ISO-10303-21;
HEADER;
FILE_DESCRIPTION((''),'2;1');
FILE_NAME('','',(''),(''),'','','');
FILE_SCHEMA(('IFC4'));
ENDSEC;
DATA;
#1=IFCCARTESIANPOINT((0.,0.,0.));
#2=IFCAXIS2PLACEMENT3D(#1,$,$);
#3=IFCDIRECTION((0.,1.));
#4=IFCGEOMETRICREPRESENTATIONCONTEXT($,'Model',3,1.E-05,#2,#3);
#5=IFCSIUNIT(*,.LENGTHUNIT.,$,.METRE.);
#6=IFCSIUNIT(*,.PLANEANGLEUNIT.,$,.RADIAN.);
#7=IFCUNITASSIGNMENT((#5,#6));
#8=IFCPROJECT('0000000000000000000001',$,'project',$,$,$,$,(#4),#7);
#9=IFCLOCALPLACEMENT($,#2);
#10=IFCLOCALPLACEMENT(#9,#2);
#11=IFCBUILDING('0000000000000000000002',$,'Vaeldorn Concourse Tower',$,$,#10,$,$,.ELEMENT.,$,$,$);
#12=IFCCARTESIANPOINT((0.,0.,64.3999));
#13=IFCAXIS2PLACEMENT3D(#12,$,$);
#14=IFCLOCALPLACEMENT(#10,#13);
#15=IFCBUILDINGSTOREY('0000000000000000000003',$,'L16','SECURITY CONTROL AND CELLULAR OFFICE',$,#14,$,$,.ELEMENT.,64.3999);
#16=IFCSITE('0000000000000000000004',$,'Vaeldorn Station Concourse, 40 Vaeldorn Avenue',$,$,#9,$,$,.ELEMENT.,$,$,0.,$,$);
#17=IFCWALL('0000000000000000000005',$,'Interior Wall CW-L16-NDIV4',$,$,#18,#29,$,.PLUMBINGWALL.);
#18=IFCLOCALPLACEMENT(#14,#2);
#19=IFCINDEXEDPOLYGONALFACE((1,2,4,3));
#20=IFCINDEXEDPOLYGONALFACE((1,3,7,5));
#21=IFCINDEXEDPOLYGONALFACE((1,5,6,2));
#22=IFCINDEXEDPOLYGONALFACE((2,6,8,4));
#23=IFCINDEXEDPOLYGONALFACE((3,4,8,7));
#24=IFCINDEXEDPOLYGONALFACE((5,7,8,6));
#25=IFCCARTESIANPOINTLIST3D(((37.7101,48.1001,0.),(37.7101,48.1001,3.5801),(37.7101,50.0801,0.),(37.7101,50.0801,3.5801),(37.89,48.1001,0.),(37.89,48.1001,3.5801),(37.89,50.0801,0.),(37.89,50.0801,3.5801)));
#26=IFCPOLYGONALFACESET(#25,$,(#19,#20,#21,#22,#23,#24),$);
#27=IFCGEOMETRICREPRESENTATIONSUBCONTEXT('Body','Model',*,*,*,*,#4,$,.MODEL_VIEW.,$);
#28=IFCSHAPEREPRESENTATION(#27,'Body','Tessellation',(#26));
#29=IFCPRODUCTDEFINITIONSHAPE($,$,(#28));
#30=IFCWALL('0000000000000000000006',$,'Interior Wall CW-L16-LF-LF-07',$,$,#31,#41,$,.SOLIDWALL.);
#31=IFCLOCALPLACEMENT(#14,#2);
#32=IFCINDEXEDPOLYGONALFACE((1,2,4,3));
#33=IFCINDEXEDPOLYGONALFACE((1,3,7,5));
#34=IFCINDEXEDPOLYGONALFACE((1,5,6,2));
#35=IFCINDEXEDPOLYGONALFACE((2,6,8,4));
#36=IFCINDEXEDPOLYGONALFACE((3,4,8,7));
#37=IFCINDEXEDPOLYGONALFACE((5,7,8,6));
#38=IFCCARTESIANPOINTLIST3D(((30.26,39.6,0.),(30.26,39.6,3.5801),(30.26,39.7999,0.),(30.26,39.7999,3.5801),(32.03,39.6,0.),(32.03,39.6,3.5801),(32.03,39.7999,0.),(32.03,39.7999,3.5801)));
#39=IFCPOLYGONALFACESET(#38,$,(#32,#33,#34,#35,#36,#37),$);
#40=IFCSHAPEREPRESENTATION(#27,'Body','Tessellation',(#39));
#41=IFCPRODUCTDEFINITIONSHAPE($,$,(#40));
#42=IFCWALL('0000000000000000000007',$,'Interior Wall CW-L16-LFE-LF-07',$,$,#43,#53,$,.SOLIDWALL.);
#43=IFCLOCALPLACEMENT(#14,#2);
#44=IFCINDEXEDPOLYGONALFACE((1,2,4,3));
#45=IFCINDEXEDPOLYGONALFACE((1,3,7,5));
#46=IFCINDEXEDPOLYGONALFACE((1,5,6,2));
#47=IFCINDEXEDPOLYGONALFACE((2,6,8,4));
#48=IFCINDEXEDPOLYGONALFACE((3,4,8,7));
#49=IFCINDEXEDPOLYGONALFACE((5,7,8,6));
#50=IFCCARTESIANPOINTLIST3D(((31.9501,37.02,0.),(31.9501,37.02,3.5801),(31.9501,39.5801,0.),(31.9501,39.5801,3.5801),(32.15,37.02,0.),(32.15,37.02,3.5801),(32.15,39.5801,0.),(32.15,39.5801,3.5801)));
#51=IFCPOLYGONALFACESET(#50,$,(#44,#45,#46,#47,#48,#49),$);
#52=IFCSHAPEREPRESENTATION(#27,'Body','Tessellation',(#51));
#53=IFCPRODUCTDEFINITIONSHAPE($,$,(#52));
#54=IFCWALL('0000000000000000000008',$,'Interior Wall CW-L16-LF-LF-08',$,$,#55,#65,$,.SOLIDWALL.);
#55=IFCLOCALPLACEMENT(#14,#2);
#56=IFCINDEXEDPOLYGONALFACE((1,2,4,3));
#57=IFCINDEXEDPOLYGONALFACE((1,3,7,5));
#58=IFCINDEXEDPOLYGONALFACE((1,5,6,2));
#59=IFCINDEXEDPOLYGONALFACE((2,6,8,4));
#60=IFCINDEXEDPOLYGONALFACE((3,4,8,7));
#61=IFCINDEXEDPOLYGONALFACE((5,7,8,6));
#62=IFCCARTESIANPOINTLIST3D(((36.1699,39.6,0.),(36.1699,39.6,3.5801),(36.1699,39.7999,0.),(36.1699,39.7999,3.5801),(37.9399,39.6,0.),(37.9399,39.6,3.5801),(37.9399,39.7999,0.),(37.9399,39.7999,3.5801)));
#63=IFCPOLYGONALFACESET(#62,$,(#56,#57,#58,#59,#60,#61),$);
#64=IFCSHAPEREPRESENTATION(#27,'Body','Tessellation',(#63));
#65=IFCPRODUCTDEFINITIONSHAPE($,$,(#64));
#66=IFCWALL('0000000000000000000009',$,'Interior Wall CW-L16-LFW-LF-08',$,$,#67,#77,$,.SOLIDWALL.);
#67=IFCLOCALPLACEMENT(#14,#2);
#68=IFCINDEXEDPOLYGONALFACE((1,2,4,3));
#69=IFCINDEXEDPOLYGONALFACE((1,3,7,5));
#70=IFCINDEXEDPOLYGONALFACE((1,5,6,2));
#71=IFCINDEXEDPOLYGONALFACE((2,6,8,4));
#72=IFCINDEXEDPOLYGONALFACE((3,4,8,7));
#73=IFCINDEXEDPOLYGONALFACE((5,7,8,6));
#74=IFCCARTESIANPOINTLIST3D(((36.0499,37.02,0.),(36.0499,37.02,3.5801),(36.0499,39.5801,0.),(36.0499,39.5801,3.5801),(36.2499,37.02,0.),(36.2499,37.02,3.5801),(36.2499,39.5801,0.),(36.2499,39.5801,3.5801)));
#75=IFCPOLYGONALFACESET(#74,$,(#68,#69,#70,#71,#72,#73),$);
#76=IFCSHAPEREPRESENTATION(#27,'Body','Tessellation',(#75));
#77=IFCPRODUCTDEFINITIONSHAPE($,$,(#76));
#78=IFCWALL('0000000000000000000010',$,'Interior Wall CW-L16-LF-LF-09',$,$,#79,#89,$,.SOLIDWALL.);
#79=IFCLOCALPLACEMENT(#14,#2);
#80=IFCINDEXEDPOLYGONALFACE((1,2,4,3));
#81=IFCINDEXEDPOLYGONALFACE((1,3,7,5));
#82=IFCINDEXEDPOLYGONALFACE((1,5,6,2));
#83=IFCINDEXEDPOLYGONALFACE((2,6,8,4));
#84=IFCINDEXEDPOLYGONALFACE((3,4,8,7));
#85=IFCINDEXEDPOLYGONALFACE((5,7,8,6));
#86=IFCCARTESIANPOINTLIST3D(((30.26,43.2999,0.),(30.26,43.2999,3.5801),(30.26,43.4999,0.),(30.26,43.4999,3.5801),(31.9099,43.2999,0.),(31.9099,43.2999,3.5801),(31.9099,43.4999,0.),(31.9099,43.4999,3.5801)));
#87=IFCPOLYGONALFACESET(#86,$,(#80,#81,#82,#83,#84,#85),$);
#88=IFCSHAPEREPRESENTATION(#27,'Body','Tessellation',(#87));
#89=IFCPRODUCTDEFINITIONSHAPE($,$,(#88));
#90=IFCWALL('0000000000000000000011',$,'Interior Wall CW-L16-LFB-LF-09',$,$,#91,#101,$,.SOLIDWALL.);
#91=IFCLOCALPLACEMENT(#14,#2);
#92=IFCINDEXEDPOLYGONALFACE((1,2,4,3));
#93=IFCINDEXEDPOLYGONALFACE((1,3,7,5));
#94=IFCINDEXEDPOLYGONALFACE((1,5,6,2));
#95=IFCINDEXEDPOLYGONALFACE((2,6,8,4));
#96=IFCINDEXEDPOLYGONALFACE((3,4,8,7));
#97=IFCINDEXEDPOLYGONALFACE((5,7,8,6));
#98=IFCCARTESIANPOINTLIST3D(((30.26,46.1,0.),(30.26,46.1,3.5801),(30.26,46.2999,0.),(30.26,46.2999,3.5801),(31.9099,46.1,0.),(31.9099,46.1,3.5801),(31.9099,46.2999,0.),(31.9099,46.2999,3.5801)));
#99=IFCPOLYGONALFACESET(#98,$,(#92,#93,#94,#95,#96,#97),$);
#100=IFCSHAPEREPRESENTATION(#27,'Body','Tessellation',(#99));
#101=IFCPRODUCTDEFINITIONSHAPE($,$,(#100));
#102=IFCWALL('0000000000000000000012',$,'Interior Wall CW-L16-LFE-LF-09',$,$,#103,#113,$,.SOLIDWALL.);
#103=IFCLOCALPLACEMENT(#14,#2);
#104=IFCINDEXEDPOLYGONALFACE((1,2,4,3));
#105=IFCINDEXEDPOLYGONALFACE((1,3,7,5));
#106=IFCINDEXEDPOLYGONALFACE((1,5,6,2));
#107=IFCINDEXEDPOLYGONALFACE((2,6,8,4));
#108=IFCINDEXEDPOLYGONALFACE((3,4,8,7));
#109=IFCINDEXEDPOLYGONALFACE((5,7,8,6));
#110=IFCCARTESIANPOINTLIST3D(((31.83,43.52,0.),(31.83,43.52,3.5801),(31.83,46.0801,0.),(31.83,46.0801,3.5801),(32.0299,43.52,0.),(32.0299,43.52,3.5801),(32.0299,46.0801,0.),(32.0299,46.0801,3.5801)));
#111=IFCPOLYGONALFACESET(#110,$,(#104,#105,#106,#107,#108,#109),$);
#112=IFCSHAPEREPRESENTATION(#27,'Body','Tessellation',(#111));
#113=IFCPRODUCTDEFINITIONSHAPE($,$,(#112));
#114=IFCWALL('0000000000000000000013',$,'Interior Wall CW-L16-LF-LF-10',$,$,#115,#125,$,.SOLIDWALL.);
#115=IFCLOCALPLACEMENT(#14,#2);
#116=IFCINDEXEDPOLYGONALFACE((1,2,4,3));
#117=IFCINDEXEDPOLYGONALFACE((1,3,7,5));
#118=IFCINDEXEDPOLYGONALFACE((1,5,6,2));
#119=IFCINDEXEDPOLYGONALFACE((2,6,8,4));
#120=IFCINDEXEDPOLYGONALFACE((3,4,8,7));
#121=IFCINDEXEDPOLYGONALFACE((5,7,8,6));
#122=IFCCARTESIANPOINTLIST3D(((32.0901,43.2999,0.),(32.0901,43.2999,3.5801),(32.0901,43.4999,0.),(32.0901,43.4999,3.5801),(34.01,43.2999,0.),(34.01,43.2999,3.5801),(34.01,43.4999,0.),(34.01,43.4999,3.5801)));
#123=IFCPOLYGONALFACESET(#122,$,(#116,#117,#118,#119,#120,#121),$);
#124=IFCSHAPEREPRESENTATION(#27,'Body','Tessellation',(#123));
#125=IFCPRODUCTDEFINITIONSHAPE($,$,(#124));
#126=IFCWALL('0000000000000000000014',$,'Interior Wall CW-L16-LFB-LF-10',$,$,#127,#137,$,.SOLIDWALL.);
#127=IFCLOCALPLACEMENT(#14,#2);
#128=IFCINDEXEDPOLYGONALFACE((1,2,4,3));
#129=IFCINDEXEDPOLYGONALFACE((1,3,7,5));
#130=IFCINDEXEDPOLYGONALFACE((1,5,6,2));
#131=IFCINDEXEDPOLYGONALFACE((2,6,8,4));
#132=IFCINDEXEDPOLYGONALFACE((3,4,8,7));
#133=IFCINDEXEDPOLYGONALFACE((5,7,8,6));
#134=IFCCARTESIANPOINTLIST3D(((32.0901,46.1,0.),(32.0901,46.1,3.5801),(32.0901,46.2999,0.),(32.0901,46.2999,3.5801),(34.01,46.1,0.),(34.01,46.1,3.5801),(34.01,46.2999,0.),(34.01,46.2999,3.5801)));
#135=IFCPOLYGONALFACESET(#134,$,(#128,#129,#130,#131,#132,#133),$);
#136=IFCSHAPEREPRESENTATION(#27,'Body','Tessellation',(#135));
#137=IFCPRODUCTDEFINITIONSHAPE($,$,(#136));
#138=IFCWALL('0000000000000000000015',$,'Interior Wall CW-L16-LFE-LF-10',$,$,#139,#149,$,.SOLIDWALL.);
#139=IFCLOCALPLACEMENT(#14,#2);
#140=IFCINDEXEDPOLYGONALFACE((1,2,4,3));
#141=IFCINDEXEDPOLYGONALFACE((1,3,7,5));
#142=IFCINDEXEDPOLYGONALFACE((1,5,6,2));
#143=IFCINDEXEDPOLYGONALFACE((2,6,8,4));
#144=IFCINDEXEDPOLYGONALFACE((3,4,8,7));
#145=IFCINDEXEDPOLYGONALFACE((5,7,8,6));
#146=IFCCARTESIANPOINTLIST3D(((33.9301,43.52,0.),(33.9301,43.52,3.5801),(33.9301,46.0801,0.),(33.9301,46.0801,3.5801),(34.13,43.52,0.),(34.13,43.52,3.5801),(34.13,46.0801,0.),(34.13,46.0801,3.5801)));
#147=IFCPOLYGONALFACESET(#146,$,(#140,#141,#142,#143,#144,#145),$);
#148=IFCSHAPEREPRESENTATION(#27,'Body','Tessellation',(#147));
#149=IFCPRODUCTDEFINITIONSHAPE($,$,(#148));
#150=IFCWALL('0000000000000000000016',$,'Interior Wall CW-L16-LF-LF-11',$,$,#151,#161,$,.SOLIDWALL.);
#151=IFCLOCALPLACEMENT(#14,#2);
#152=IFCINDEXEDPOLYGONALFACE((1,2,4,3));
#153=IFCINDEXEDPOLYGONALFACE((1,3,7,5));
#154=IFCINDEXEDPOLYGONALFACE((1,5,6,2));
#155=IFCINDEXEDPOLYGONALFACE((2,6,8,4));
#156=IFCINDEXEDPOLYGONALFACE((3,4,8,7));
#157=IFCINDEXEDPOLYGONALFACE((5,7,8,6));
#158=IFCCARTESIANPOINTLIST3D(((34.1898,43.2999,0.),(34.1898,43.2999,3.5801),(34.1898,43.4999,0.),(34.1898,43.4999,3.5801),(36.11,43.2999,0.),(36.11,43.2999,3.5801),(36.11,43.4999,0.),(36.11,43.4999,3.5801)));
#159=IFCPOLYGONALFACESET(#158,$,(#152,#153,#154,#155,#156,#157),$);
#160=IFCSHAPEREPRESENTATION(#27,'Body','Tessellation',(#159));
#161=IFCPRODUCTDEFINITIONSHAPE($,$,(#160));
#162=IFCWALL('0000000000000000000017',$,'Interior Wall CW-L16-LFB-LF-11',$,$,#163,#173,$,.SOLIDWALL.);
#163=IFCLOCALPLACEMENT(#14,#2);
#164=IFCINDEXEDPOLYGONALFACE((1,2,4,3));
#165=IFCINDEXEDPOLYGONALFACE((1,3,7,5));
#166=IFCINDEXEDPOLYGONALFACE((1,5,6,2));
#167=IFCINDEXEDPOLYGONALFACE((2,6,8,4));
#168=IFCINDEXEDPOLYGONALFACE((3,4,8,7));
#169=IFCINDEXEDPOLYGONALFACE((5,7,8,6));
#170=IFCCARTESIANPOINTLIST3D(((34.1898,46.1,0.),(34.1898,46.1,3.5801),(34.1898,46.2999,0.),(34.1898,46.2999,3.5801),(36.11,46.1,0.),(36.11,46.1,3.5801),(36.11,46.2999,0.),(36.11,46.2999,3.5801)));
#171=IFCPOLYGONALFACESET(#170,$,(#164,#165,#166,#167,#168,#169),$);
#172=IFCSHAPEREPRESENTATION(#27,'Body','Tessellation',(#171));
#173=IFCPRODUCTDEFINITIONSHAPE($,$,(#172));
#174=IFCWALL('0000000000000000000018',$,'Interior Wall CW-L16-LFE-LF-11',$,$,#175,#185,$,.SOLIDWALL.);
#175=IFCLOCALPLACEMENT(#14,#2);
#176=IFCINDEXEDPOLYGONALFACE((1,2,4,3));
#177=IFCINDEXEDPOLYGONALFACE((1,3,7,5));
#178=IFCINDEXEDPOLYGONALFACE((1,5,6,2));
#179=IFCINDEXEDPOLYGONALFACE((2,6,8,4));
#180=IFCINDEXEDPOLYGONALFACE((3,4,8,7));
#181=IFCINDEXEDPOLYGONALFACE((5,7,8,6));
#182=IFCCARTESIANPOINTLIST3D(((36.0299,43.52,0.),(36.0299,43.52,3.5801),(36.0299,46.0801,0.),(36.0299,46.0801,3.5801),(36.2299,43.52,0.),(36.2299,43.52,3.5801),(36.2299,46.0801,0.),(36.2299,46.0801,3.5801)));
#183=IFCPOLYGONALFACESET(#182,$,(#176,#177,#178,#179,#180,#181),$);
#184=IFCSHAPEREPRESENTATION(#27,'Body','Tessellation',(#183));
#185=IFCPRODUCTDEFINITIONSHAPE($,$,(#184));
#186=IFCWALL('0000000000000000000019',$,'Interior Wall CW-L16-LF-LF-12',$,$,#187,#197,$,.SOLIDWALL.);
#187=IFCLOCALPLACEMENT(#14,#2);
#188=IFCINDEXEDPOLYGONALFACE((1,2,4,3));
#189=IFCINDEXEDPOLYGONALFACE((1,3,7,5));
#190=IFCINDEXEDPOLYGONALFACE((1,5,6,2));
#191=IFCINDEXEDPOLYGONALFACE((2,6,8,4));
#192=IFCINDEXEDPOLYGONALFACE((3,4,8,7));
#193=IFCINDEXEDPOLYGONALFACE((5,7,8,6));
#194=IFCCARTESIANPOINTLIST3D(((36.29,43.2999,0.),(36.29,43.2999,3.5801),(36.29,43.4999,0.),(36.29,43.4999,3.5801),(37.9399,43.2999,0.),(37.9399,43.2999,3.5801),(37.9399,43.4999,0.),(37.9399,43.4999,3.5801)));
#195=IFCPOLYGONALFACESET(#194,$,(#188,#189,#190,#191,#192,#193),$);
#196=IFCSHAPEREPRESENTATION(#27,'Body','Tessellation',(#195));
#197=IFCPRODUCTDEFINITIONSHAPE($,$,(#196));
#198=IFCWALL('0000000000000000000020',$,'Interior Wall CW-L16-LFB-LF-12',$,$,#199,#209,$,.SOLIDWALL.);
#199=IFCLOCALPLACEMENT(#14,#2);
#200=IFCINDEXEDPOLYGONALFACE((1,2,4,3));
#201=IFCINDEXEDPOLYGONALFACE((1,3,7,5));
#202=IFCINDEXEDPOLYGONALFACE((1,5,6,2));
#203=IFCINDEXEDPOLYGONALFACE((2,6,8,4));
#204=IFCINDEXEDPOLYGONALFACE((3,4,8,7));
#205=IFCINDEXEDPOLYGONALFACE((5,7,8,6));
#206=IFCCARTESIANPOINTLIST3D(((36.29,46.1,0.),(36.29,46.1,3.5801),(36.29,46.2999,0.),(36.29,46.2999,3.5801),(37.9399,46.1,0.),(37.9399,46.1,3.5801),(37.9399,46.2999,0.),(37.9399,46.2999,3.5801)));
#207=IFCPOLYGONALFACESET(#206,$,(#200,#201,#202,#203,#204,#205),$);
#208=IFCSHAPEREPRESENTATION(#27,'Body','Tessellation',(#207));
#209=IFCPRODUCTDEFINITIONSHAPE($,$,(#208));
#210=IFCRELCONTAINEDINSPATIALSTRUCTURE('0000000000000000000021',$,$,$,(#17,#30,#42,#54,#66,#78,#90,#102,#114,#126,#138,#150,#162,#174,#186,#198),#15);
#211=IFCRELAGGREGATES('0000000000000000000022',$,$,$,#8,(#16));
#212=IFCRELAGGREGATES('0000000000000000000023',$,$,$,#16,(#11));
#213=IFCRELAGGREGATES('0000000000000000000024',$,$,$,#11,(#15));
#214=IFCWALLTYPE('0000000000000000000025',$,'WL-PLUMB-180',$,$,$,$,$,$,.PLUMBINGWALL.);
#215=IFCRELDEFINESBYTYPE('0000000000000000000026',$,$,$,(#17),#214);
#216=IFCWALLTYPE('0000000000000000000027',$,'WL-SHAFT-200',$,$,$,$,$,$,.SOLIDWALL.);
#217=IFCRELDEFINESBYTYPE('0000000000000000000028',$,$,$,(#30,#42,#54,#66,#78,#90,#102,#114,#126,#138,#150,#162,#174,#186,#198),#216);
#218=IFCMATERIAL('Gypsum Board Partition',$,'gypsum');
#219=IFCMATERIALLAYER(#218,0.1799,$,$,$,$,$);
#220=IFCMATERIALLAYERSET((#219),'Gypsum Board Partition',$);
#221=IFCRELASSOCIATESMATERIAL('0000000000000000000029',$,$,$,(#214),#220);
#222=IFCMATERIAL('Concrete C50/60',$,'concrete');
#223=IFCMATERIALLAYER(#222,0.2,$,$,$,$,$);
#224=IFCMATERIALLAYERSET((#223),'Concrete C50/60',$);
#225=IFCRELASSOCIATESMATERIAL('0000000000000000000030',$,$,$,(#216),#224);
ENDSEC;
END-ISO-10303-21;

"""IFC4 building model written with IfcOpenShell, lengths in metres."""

from ifc_helpers import new_model, si_unit, direction, frame, frame_2d, origin, place, context, subcontext, project, spatial, rectangle, extrude, material, layer, layer_set, type_object, element, save


model = new_model("IFC4")

# Units and contexts
model_context = context("Model", 3, precision=1e-05, world=origin(), true_north=direction((0.0, 1.0)))
body_context = subcontext(model_context, "Body", "Model", "MODEL_VIEW")
ifc_project = project(units=[si_unit("LENGTHUNIT", "METRE"), si_unit("PLANEANGLEUNIT", "RADIAN")], contexts=[model_context])

# Site, building, storey
site_placement = place(None, origin())
site = spatial("IfcSite", under=ifc_project, at=site_placement, Name="Vaeldorn Station Concourse, 40 Vaeldorn Avenue", CompositionType="ELEMENT", RefElevation=0.0)
building_placement = place(site_placement, origin())
building = spatial("IfcBuilding", under=site, at=building_placement, Name="Vaeldorn Concourse Tower", CompositionType="ELEMENT")
storey_placement = place(building_placement, frame((0.0, 0.0, 64.3999)))
storey = spatial("IfcBuildingStorey", under=building, at=storey_placement, Name="L16", Description="SECURITY CONTROL AND CELLULAR OFFICE", CompositionType="ELEMENT", Elevation=64.3999)

# Shared definitions
ifc_material_1 = material(Name="Gypsum Board Partition", Category="gypsum")

# Walls
ifc_layer_1 = layer(ifc_material_1, 0.1799)
ifc_layer_set_1 = layer_set([ifc_layer_1], Name="Gypsum Board Partition")
wall_type_1 = type_object("IfcWallType", Name="WL-PLUMB-180", PredefinedType="PLUMBINGWALL", material=ifc_layer_set_1)
for number, where, z_axis, x_axis, name in (
    (1, (37.8, 48.1001, 0.0), (0.0, 0.0, 1.0), (0.0, 1.0, 0.0), "Interior Wall CW-L16-NDIV4"),
):
    element("IfcWall", number, at=place(storey_placement, frame(where, z_axis=z_axis, x_axis=x_axis)), inside=storey, type_object=wall_type_1, Name=name, PredefinedType="PLUMBINGWALL", context=body_context, shape_type="SweptSolid", body=[
        extrude(rectangle(XDim=1.98, YDim=0.1799, at=frame_2d((0.99, 0.0))), origin(), (0.0, 0.0, 1.0), 3.5801),
    ])
ifc_material_2 = material(Name="Concrete C50/60", Category="concrete")
ifc_layer_2 = layer(ifc_material_2, 0.2)
ifc_layer_set_2 = layer_set([ifc_layer_2], Name="Concrete C50/60")
wall_type_2 = type_object("IfcWallType", Name="WL-SHAFT-200", PredefinedType="SOLIDWALL", material=ifc_layer_set_2)
wall_1_placement = place(storey_placement, frame((30.26, 39.7, 0.0), z_axis=(0.0, 0.0, 1.0), x_axis=(1.0, 0.0, 0.0)))
element("IfcWall", 2, at=wall_1_placement, inside=storey, type_object=wall_type_2, Name="Interior Wall CW-L16-LF-LF-07", PredefinedType="SOLIDWALL", context=body_context, shape_type="SweptSolid", body=[
    extrude(rectangle(XDim=1.77, YDim=0.2, at=frame_2d((0.885, 0.0))), origin(), (0.0, 0.0, 1.0), 3.5801),
])
wall_2_placement = place(storey_placement, frame((32.05, 37.02, 0.0), z_axis=(0.0, 0.0, 1.0), x_axis=(0.0, 1.0, 0.0)))
element("IfcWall", 3, at=wall_2_placement, inside=storey, type_object=wall_type_2, Name="Interior Wall CW-L16-LFE-LF-07", PredefinedType="SOLIDWALL", context=body_context, shape_type="SweptSolid", body=[
    extrude(rectangle(XDim=2.5601, YDim=0.2, at=frame_2d((1.28, 0.0))), origin(), (0.0, 0.0, 1.0), 3.5801),
])
wall_3_placement = place(storey_placement, frame((36.1699, 39.7, 0.0), z_axis=(0.0, 0.0, 1.0), x_axis=(1.0, 0.0, 0.0)))
element("IfcWall", 4, at=wall_3_placement, inside=storey, type_object=wall_type_2, Name="Interior Wall CW-L16-LF-LF-08", PredefinedType="SOLIDWALL", context=body_context, shape_type="SweptSolid", body=[
    extrude(rectangle(XDim=1.77, YDim=0.2, at=frame_2d((0.885, 0.0))), origin(), (0.0, 0.0, 1.0), 3.5801),
])
wall_4_placement = place(storey_placement, frame((36.1499, 37.02, 0.0), z_axis=(0.0, 0.0, 1.0), x_axis=(0.0, 1.0, 0.0)))
element("IfcWall", 5, at=wall_4_placement, inside=storey, type_object=wall_type_2, Name="Interior Wall CW-L16-LFW-LF-08", PredefinedType="SOLIDWALL", context=body_context, shape_type="SweptSolid", body=[
    extrude(rectangle(XDim=2.5601, YDim=0.2, at=frame_2d((1.28, 0.0))), origin(), (0.0, 0.0, 1.0), 3.5801),
])
for number, where, z_axis, x_axis, name in (
    (6, (30.26, 43.3999, 0.0), (0.0, 0.0, 1.0), (1.0, 0.0, 0.0), "Interior Wall CW-L16-LF-LF-09"),
    (7, (30.26, 46.2, 0.0), (0.0, 0.0, 1.0), (1.0, 0.0, 0.0), "Interior Wall CW-L16-LFB-LF-09"),
):
    element("IfcWall", number, at=place(storey_placement, frame(where, z_axis=z_axis, x_axis=x_axis)), inside=storey, type_object=wall_type_2, Name=name, PredefinedType="SOLIDWALL", context=body_context, shape_type="SweptSolid", body=[
        extrude(rectangle(XDim=1.6499, YDim=0.2, at=frame_2d((0.825, 0.0))), origin(), (0.0, 0.0, 1.0), 3.5801),
    ])
wall_5_placement = place(storey_placement, frame((31.9299, 43.52, 0.0), z_axis=(0.0, 0.0, 1.0), x_axis=(0.0, 1.0, 0.0)))
element("IfcWall", 8, at=wall_5_placement, inside=storey, type_object=wall_type_2, Name="Interior Wall CW-L16-LFE-LF-09", PredefinedType="SOLIDWALL", context=body_context, shape_type="SweptSolid", body=[
    extrude(rectangle(XDim=2.5601, YDim=0.2, at=frame_2d((1.28, 0.0))), origin(), (0.0, 0.0, 1.0), 3.5801),
])
for number, where, z_axis, x_axis, name in (
    (9, (32.0901, 43.3999, 0.0), (0.0, 0.0, 1.0), (1.0, 0.0, 0.0), "Interior Wall CW-L16-LF-LF-10"),
    (10, (32.0901, 46.2, 0.0), (0.0, 0.0, 1.0), (1.0, 0.0, 0.0), "Interior Wall CW-L16-LFB-LF-10"),
):
    element("IfcWall", number, at=place(storey_placement, frame(where, z_axis=z_axis, x_axis=x_axis)), inside=storey, type_object=wall_type_2, Name=name, PredefinedType="SOLIDWALL", context=body_context, shape_type="SweptSolid", body=[
        extrude(rectangle(XDim=1.9199, YDim=0.2, at=frame_2d((0.96, 0.0))), origin(), (0.0, 0.0, 1.0), 3.5801),
    ])
wall_6_placement = place(storey_placement, frame((34.03, 43.52, 0.0), z_axis=(0.0, 0.0, 1.0), x_axis=(0.0, 1.0, 0.0)))
element("IfcWall", 11, at=wall_6_placement, inside=storey, type_object=wall_type_2, Name="Interior Wall CW-L16-LFE-LF-10", PredefinedType="SOLIDWALL", context=body_context, shape_type="SweptSolid", body=[
    extrude(rectangle(XDim=2.5601, YDim=0.2, at=frame_2d((1.28, 0.0))), origin(), (0.0, 0.0, 1.0), 3.5801),
])
for number, where, z_axis, x_axis, name in (
    (12, (34.1899, 43.3999, 0.0), (0.0, 0.0, 1.0), (1.0, 0.0, 0.0), "Interior Wall CW-L16-LF-LF-11"),
    (13, (34.1899, 46.2, 0.0), (0.0, 0.0, 1.0), (1.0, 0.0, 0.0), "Interior Wall CW-L16-LFB-LF-11"),
):
    element("IfcWall", number, at=place(storey_placement, frame(where, z_axis=z_axis, x_axis=x_axis)), inside=storey, type_object=wall_type_2, Name=name, PredefinedType="SOLIDWALL", context=body_context, shape_type="SweptSolid", body=[
        extrude(rectangle(XDim=1.9202, YDim=0.2, at=frame_2d((0.96, 0.0))), origin(), (0.0, 0.0, 1.0), 3.5801),
    ])
wall_7_placement = place(storey_placement, frame((36.1299, 43.52, 0.0), z_axis=(0.0, 0.0, 1.0), x_axis=(0.0, 1.0, 0.0)))
element("IfcWall", 14, at=wall_7_placement, inside=storey, type_object=wall_type_2, Name="Interior Wall CW-L16-LFE-LF-11", PredefinedType="SOLIDWALL", context=body_context, shape_type="SweptSolid", body=[
    extrude(rectangle(XDim=2.5601, YDim=0.2, at=frame_2d((1.28, 0.0))), origin(), (0.0, 0.0, 1.0), 3.5801),
])
for number, where, z_axis, x_axis, name in (
    (15, (36.29, 43.3999, 0.0), (0.0, 0.0, 1.0), (1.0, 0.0, 0.0), "Interior Wall CW-L16-LF-LF-12"),
    (16, (36.29, 46.2, 0.0), (0.0, 0.0, 1.0), (1.0, 0.0, 0.0), "Interior Wall CW-L16-LFB-LF-12"),
):
    element("IfcWall", number, at=place(storey_placement, frame(where, z_axis=z_axis, x_axis=x_axis)), inside=storey, type_object=wall_type_2, Name=name, PredefinedType="SOLIDWALL", context=body_context, shape_type="SweptSolid", body=[
        extrude(rectangle(XDim=1.6499, YDim=0.2, at=frame_2d((0.825, 0.0))), origin(), (0.0, 0.0, 1.0), 3.5801),
    ])

save(model, "model.ifc")
